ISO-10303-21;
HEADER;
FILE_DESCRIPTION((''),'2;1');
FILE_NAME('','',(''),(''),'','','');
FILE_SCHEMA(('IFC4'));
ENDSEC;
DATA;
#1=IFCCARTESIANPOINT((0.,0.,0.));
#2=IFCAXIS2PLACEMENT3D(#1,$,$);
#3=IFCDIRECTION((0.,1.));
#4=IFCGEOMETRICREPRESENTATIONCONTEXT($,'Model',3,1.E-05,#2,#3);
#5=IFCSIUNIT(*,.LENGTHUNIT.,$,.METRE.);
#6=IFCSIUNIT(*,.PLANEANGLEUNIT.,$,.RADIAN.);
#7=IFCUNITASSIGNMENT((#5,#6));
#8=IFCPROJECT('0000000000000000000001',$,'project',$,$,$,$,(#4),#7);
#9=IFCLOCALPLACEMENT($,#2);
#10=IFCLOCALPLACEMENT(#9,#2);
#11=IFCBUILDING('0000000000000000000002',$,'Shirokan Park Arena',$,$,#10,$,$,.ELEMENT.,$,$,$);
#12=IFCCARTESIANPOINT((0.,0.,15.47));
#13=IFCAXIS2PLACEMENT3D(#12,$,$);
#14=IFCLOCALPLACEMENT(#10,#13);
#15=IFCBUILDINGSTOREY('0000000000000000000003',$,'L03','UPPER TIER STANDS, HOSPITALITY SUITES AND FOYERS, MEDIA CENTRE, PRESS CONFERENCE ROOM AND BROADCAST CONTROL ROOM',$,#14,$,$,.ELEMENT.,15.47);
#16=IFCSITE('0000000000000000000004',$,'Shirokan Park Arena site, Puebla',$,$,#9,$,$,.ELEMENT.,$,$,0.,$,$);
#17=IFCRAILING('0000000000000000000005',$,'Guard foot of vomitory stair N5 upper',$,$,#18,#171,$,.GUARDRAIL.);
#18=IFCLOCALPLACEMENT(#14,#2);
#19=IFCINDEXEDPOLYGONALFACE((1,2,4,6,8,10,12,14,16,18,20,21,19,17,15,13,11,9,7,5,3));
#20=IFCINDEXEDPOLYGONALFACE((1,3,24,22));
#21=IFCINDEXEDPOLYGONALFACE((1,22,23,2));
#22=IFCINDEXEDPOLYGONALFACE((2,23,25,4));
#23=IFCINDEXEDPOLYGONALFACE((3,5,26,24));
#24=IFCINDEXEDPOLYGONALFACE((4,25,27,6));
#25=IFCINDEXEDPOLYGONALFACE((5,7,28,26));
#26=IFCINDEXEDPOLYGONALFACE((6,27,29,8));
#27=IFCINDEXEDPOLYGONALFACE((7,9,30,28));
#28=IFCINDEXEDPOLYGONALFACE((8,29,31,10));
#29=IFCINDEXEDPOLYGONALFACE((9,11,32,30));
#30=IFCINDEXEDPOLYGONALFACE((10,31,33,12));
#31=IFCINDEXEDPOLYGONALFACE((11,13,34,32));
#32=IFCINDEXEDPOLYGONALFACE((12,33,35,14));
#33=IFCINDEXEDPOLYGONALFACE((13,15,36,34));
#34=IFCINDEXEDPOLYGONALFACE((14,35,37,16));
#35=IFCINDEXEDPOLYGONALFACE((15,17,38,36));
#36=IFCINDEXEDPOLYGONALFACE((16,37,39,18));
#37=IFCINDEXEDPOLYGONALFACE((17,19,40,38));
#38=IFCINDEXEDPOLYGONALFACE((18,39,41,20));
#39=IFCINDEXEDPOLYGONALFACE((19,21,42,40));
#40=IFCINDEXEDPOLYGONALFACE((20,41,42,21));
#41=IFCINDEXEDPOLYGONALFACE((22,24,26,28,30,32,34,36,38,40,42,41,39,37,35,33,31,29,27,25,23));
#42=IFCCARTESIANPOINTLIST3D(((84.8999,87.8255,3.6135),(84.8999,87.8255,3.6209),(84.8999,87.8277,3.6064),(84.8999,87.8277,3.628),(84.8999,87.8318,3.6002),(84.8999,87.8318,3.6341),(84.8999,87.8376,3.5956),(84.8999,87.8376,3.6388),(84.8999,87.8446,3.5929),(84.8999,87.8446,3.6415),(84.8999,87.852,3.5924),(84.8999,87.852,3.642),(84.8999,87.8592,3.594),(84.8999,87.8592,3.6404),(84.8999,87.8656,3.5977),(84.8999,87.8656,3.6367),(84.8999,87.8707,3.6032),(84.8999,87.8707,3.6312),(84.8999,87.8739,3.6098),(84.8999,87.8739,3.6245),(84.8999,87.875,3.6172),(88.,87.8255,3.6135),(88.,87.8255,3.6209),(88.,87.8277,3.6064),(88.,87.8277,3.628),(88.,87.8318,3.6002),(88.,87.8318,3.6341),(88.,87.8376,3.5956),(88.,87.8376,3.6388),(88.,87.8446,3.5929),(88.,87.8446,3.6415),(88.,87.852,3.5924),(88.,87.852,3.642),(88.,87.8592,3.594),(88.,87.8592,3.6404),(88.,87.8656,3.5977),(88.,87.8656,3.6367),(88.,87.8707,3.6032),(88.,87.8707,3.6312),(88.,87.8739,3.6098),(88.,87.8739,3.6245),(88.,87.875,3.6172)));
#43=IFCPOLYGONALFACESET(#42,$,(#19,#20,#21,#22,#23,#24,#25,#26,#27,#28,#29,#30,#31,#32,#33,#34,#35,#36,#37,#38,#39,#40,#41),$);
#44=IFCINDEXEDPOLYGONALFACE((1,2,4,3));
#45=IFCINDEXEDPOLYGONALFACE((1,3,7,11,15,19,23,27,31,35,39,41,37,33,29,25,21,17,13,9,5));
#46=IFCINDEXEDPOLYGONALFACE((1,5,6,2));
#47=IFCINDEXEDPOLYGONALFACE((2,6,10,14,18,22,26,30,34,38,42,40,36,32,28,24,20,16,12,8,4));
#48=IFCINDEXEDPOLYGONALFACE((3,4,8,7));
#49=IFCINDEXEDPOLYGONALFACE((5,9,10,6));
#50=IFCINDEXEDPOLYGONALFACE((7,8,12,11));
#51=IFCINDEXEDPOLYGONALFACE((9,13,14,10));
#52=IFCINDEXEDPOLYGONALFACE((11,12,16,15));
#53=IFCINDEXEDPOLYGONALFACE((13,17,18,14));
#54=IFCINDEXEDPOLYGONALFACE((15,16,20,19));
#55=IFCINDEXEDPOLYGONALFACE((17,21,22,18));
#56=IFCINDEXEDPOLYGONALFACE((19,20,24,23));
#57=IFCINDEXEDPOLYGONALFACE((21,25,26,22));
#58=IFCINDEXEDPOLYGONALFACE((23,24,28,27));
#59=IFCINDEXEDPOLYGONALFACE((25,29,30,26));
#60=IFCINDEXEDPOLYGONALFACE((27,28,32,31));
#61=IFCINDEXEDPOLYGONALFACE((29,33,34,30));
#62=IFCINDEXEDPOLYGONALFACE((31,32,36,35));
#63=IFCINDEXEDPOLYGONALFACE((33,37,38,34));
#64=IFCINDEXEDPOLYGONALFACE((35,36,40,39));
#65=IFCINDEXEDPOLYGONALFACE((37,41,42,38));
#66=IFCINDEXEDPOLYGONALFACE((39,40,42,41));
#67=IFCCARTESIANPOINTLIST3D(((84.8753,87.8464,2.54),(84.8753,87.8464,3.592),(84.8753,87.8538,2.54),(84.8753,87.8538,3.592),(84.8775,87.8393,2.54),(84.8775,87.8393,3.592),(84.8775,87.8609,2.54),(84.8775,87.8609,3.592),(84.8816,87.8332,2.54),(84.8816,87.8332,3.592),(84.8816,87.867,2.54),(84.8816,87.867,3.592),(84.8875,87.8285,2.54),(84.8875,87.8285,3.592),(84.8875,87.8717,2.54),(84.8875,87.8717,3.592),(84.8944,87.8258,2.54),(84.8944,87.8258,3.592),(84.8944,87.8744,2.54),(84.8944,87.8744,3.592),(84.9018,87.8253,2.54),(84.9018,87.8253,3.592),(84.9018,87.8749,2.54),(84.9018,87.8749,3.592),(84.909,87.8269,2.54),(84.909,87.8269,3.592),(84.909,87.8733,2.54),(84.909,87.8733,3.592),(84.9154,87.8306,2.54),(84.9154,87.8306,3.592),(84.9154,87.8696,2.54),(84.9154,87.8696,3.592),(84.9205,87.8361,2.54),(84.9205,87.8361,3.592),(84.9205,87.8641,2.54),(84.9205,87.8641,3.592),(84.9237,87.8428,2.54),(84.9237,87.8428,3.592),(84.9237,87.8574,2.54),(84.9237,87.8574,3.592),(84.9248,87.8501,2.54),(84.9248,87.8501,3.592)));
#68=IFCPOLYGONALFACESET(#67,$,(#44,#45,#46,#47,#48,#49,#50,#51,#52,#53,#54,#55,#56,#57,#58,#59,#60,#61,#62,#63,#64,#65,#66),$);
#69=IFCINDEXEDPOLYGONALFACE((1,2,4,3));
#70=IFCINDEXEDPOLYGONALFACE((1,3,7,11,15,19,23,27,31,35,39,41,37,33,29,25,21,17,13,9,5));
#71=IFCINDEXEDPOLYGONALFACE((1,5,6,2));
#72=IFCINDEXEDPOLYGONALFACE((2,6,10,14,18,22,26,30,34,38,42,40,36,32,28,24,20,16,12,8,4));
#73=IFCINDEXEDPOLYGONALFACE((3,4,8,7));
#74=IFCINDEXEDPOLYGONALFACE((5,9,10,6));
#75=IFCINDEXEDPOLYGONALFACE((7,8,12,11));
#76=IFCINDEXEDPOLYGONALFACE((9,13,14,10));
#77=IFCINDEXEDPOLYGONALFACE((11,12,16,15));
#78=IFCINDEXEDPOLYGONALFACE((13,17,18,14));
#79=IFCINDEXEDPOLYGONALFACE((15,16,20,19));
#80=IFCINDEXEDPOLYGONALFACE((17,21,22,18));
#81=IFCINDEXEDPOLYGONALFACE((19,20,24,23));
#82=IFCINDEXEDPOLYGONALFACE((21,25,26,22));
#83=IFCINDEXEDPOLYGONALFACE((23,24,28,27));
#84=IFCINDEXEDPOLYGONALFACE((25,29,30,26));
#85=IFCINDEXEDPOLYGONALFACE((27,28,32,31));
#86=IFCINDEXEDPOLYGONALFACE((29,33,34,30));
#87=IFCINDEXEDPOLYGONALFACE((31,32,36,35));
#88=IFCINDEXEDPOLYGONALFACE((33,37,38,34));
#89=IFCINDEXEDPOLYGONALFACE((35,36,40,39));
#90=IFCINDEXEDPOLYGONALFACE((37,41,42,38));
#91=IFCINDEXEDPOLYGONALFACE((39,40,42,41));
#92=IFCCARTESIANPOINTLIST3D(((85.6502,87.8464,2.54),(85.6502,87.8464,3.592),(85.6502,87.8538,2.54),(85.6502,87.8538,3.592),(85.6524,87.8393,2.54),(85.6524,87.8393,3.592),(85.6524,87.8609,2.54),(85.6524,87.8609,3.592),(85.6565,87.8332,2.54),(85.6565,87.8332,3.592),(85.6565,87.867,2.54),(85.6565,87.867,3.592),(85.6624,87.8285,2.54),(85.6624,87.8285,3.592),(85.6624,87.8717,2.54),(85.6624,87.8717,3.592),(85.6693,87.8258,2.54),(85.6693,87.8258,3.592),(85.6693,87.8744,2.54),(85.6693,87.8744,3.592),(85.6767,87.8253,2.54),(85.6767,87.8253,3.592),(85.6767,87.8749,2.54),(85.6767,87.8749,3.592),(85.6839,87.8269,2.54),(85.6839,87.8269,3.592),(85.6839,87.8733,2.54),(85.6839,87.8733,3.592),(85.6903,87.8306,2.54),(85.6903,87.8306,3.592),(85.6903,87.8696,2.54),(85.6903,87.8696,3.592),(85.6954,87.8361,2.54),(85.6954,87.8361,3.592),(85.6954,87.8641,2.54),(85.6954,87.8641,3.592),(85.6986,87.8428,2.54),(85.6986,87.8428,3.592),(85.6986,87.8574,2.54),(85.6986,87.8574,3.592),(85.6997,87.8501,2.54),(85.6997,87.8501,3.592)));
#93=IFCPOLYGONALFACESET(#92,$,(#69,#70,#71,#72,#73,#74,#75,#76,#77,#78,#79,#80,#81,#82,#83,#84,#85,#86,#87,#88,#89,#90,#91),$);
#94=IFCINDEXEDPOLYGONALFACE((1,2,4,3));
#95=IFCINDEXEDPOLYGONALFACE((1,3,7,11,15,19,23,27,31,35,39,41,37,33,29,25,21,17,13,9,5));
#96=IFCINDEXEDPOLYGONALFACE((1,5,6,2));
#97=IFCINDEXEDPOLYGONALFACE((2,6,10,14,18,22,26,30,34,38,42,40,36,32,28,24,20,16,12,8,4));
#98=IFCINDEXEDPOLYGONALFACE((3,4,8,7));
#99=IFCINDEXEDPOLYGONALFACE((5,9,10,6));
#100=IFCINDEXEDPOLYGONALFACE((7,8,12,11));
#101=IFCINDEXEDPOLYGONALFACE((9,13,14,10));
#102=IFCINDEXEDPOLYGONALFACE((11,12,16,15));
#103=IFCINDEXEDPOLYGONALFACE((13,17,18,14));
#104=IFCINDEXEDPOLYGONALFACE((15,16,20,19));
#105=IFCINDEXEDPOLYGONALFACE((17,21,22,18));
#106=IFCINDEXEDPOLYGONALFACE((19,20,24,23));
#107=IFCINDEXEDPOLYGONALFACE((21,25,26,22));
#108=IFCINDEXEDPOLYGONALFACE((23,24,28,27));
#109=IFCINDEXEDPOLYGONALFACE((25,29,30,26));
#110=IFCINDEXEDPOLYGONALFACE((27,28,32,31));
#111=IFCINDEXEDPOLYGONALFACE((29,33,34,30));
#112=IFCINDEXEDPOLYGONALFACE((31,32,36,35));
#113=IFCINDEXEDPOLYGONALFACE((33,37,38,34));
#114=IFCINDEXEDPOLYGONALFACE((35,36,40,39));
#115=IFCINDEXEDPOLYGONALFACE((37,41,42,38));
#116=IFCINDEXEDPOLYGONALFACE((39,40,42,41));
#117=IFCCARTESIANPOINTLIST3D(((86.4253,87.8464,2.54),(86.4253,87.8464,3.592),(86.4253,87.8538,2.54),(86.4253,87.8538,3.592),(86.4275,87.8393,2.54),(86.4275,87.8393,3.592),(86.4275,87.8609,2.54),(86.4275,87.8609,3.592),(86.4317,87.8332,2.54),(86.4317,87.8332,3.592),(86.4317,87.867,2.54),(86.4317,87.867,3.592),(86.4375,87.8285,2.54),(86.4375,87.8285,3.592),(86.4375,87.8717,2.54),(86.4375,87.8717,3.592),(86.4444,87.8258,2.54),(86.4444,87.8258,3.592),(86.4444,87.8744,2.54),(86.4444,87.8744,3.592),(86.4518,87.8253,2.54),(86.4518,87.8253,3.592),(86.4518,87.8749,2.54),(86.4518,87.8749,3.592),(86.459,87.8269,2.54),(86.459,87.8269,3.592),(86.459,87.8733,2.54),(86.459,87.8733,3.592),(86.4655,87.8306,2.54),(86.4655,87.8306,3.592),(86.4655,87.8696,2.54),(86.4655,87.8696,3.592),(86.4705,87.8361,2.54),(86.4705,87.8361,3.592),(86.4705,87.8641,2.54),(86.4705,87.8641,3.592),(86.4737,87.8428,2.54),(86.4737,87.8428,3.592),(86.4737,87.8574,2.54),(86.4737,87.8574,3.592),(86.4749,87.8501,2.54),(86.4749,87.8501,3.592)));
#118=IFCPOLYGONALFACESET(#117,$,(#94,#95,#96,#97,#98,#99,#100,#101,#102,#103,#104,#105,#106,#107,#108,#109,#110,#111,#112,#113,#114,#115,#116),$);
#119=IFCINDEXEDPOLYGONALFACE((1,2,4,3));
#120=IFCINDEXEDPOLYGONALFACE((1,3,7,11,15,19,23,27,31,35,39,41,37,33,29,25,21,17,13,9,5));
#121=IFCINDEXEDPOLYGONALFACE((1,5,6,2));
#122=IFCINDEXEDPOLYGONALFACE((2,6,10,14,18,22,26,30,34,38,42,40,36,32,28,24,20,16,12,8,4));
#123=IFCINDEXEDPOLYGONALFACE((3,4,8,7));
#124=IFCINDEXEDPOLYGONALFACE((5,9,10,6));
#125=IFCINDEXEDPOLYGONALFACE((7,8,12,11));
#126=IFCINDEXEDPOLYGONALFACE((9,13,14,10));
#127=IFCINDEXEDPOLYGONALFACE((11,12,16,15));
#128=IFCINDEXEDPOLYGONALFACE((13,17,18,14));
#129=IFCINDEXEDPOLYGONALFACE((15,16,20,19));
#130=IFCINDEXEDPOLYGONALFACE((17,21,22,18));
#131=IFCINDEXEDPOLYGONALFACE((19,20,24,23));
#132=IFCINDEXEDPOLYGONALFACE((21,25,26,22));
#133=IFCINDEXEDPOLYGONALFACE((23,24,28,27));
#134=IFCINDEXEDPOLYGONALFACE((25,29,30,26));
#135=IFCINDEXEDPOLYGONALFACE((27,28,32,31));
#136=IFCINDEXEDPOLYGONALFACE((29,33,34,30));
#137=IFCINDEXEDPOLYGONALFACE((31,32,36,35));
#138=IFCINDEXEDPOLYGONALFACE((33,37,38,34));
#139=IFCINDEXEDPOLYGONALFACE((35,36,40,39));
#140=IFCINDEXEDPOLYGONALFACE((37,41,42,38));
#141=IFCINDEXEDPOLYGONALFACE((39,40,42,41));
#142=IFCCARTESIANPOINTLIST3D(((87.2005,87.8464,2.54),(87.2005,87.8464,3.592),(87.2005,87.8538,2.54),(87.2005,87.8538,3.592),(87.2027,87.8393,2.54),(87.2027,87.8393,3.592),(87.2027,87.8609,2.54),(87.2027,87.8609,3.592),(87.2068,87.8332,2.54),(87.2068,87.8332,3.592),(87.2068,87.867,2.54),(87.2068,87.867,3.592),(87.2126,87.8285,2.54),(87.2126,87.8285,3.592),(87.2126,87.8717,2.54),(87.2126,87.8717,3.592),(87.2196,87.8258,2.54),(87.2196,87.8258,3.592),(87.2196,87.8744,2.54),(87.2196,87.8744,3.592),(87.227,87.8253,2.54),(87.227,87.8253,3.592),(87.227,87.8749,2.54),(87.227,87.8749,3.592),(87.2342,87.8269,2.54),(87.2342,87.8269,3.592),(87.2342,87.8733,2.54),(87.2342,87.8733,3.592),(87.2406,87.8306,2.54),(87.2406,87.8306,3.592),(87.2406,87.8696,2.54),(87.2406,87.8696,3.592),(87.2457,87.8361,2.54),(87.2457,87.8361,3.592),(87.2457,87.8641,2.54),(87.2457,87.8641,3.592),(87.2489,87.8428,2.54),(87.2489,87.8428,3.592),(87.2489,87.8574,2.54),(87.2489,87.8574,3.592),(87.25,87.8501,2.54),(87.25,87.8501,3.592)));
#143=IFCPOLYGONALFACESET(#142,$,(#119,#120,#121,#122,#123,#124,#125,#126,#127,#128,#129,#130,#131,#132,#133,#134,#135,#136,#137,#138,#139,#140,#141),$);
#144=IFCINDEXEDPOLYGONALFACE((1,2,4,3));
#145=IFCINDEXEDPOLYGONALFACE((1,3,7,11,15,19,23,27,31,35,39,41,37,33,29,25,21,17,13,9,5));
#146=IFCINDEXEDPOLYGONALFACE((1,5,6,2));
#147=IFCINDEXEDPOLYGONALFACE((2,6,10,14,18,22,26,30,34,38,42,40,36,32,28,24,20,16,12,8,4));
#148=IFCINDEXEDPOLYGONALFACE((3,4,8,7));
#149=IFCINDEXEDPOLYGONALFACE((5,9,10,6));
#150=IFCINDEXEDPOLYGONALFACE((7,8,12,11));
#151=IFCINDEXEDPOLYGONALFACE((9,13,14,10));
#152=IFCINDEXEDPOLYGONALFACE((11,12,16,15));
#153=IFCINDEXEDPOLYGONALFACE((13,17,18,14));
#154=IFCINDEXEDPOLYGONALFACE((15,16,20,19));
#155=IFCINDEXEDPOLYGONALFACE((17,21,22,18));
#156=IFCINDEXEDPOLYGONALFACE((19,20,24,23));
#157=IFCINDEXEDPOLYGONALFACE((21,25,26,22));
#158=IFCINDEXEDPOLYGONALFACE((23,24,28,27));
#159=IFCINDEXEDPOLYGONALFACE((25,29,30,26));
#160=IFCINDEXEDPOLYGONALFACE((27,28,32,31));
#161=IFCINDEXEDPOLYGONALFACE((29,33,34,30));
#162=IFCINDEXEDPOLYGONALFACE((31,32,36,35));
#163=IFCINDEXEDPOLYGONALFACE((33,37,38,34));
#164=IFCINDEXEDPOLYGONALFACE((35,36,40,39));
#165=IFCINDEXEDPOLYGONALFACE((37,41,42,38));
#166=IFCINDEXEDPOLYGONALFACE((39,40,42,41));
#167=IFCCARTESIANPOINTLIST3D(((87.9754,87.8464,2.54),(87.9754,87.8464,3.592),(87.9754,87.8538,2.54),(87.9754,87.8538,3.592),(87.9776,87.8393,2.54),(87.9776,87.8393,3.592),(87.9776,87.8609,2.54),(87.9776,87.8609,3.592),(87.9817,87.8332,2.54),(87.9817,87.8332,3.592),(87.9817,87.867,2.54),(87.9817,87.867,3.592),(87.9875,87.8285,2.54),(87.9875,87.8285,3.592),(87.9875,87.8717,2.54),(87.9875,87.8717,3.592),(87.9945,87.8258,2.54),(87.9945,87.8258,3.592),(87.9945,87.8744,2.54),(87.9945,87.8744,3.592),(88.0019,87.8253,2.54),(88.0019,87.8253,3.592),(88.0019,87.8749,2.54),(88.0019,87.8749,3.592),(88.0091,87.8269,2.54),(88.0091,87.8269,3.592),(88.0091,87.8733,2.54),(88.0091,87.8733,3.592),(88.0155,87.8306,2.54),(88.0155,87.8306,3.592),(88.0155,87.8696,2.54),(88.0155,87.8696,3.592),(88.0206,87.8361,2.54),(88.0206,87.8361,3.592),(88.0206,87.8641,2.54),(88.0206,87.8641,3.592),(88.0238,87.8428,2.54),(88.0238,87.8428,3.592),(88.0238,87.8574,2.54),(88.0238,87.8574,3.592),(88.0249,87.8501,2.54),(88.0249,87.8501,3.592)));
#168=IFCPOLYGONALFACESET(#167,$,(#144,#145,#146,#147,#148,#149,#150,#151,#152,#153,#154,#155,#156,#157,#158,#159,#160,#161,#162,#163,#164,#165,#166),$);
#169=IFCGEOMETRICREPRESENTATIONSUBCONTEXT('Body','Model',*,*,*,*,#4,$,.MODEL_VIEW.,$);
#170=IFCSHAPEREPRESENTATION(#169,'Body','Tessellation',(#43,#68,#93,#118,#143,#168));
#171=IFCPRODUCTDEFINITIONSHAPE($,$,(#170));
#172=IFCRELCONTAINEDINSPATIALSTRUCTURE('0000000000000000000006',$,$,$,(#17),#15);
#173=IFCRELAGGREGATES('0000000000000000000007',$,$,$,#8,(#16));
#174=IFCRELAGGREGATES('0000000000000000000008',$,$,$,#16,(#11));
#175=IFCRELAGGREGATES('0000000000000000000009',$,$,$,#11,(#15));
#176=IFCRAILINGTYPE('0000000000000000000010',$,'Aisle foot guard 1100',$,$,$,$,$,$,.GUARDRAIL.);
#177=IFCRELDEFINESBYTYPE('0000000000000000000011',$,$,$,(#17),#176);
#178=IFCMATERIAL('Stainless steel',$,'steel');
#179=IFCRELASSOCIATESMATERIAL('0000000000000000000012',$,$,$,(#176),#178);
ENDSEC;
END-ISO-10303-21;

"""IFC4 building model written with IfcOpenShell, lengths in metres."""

from ifc_helpers import new_model, si_unit, direction, frame, origin, origin_2d, place, context, subcontext, project, spatial, circle, extrude, material, type_object, element, save


model = new_model("IFC4")

# Units and contexts
model_context = context("Model", 3, precision=1e-05, world=origin(), true_north=direction((0.0, 1.0)))
body_context = subcontext(model_context, "Body", "Model", "MODEL_VIEW")
ifc_project = project(units=[si_unit("LENGTHUNIT", "METRE"), si_unit("PLANEANGLEUNIT", "RADIAN")], contexts=[model_context])

# Site, building, storey
site_placement = place(None, origin())
site = spatial("IfcSite", under=ifc_project, at=site_placement, Name="Shirokan Park Arena site, Puebla", CompositionType="ELEMENT", RefElevation=0.0)
building_placement = place(site_placement, origin())
building = spatial("IfcBuilding", under=site, at=building_placement, Name="Shirokan Park Arena", CompositionType="ELEMENT")
storey_placement = place(building_placement, frame((0.0, 0.0, 15.47)))
storey = spatial("IfcBuildingStorey", under=building, at=storey_placement, Name="L03", Description="UPPER TIER STANDS, HOSPITALITY SUITES AND FOYERS, MEDIA CENTRE, PRESS CONFERENCE ROOM AND BROADCAST CONTROL ROOM", CompositionType="ELEMENT", Elevation=15.47)

# Railing
ifc_material_1 = material(Name="Stainless steel", Category="steel")
railing_type_1 = type_object("IfcRailingType", Name="Aisle foot guard 1100", PredefinedType="GUARDRAIL", material=ifc_material_1)
railing_1_placement = place(storey_placement, frame((84.8999, 87.8501, 2.54)))
element("IfcRailing", 1, at=railing_1_placement, inside=storey, type_object=railing_type_1, Name="Guard foot of vomitory stair N5 upper", PredefinedType="GUARDRAIL", context=body_context, shape_type="SweptSolid", body=[
    extrude(circle(Radius=0.0249, at=origin_2d()), frame((0.0, 0.0, 1.0771), z_axis=(1.0, 0.0, 0.0), x_axis=(0.0, 1.0, 0.0)), (0.0, 0.0, 1.0), 3.1001),
    extrude(circle(Radius=0.0249, at=origin_2d()), origin(), (0.0, 0.0, 1.0), 1.052),
    extrude(circle(Radius=0.0249, at=origin_2d()), frame((0.7749, 0.0, 0.0)), (0.0, 0.0, 1.0), 1.052),
    extrude(circle(Radius=0.0249, at=origin_2d()), frame((1.55, 0.0, 0.0)), (0.0, 0.0, 1.0), 1.052),
    extrude(circle(Radius=0.0249, at=origin_2d()), frame((2.3252, 0.0, 0.0)), (0.0, 0.0, 1.0), 1.052),
    extrude(circle(Radius=0.0249, at=origin_2d()), frame((3.1001, 0.0, 0.0)), (0.0, 0.0, 1.0), 1.052),
])

save(model, "model.ifc")
